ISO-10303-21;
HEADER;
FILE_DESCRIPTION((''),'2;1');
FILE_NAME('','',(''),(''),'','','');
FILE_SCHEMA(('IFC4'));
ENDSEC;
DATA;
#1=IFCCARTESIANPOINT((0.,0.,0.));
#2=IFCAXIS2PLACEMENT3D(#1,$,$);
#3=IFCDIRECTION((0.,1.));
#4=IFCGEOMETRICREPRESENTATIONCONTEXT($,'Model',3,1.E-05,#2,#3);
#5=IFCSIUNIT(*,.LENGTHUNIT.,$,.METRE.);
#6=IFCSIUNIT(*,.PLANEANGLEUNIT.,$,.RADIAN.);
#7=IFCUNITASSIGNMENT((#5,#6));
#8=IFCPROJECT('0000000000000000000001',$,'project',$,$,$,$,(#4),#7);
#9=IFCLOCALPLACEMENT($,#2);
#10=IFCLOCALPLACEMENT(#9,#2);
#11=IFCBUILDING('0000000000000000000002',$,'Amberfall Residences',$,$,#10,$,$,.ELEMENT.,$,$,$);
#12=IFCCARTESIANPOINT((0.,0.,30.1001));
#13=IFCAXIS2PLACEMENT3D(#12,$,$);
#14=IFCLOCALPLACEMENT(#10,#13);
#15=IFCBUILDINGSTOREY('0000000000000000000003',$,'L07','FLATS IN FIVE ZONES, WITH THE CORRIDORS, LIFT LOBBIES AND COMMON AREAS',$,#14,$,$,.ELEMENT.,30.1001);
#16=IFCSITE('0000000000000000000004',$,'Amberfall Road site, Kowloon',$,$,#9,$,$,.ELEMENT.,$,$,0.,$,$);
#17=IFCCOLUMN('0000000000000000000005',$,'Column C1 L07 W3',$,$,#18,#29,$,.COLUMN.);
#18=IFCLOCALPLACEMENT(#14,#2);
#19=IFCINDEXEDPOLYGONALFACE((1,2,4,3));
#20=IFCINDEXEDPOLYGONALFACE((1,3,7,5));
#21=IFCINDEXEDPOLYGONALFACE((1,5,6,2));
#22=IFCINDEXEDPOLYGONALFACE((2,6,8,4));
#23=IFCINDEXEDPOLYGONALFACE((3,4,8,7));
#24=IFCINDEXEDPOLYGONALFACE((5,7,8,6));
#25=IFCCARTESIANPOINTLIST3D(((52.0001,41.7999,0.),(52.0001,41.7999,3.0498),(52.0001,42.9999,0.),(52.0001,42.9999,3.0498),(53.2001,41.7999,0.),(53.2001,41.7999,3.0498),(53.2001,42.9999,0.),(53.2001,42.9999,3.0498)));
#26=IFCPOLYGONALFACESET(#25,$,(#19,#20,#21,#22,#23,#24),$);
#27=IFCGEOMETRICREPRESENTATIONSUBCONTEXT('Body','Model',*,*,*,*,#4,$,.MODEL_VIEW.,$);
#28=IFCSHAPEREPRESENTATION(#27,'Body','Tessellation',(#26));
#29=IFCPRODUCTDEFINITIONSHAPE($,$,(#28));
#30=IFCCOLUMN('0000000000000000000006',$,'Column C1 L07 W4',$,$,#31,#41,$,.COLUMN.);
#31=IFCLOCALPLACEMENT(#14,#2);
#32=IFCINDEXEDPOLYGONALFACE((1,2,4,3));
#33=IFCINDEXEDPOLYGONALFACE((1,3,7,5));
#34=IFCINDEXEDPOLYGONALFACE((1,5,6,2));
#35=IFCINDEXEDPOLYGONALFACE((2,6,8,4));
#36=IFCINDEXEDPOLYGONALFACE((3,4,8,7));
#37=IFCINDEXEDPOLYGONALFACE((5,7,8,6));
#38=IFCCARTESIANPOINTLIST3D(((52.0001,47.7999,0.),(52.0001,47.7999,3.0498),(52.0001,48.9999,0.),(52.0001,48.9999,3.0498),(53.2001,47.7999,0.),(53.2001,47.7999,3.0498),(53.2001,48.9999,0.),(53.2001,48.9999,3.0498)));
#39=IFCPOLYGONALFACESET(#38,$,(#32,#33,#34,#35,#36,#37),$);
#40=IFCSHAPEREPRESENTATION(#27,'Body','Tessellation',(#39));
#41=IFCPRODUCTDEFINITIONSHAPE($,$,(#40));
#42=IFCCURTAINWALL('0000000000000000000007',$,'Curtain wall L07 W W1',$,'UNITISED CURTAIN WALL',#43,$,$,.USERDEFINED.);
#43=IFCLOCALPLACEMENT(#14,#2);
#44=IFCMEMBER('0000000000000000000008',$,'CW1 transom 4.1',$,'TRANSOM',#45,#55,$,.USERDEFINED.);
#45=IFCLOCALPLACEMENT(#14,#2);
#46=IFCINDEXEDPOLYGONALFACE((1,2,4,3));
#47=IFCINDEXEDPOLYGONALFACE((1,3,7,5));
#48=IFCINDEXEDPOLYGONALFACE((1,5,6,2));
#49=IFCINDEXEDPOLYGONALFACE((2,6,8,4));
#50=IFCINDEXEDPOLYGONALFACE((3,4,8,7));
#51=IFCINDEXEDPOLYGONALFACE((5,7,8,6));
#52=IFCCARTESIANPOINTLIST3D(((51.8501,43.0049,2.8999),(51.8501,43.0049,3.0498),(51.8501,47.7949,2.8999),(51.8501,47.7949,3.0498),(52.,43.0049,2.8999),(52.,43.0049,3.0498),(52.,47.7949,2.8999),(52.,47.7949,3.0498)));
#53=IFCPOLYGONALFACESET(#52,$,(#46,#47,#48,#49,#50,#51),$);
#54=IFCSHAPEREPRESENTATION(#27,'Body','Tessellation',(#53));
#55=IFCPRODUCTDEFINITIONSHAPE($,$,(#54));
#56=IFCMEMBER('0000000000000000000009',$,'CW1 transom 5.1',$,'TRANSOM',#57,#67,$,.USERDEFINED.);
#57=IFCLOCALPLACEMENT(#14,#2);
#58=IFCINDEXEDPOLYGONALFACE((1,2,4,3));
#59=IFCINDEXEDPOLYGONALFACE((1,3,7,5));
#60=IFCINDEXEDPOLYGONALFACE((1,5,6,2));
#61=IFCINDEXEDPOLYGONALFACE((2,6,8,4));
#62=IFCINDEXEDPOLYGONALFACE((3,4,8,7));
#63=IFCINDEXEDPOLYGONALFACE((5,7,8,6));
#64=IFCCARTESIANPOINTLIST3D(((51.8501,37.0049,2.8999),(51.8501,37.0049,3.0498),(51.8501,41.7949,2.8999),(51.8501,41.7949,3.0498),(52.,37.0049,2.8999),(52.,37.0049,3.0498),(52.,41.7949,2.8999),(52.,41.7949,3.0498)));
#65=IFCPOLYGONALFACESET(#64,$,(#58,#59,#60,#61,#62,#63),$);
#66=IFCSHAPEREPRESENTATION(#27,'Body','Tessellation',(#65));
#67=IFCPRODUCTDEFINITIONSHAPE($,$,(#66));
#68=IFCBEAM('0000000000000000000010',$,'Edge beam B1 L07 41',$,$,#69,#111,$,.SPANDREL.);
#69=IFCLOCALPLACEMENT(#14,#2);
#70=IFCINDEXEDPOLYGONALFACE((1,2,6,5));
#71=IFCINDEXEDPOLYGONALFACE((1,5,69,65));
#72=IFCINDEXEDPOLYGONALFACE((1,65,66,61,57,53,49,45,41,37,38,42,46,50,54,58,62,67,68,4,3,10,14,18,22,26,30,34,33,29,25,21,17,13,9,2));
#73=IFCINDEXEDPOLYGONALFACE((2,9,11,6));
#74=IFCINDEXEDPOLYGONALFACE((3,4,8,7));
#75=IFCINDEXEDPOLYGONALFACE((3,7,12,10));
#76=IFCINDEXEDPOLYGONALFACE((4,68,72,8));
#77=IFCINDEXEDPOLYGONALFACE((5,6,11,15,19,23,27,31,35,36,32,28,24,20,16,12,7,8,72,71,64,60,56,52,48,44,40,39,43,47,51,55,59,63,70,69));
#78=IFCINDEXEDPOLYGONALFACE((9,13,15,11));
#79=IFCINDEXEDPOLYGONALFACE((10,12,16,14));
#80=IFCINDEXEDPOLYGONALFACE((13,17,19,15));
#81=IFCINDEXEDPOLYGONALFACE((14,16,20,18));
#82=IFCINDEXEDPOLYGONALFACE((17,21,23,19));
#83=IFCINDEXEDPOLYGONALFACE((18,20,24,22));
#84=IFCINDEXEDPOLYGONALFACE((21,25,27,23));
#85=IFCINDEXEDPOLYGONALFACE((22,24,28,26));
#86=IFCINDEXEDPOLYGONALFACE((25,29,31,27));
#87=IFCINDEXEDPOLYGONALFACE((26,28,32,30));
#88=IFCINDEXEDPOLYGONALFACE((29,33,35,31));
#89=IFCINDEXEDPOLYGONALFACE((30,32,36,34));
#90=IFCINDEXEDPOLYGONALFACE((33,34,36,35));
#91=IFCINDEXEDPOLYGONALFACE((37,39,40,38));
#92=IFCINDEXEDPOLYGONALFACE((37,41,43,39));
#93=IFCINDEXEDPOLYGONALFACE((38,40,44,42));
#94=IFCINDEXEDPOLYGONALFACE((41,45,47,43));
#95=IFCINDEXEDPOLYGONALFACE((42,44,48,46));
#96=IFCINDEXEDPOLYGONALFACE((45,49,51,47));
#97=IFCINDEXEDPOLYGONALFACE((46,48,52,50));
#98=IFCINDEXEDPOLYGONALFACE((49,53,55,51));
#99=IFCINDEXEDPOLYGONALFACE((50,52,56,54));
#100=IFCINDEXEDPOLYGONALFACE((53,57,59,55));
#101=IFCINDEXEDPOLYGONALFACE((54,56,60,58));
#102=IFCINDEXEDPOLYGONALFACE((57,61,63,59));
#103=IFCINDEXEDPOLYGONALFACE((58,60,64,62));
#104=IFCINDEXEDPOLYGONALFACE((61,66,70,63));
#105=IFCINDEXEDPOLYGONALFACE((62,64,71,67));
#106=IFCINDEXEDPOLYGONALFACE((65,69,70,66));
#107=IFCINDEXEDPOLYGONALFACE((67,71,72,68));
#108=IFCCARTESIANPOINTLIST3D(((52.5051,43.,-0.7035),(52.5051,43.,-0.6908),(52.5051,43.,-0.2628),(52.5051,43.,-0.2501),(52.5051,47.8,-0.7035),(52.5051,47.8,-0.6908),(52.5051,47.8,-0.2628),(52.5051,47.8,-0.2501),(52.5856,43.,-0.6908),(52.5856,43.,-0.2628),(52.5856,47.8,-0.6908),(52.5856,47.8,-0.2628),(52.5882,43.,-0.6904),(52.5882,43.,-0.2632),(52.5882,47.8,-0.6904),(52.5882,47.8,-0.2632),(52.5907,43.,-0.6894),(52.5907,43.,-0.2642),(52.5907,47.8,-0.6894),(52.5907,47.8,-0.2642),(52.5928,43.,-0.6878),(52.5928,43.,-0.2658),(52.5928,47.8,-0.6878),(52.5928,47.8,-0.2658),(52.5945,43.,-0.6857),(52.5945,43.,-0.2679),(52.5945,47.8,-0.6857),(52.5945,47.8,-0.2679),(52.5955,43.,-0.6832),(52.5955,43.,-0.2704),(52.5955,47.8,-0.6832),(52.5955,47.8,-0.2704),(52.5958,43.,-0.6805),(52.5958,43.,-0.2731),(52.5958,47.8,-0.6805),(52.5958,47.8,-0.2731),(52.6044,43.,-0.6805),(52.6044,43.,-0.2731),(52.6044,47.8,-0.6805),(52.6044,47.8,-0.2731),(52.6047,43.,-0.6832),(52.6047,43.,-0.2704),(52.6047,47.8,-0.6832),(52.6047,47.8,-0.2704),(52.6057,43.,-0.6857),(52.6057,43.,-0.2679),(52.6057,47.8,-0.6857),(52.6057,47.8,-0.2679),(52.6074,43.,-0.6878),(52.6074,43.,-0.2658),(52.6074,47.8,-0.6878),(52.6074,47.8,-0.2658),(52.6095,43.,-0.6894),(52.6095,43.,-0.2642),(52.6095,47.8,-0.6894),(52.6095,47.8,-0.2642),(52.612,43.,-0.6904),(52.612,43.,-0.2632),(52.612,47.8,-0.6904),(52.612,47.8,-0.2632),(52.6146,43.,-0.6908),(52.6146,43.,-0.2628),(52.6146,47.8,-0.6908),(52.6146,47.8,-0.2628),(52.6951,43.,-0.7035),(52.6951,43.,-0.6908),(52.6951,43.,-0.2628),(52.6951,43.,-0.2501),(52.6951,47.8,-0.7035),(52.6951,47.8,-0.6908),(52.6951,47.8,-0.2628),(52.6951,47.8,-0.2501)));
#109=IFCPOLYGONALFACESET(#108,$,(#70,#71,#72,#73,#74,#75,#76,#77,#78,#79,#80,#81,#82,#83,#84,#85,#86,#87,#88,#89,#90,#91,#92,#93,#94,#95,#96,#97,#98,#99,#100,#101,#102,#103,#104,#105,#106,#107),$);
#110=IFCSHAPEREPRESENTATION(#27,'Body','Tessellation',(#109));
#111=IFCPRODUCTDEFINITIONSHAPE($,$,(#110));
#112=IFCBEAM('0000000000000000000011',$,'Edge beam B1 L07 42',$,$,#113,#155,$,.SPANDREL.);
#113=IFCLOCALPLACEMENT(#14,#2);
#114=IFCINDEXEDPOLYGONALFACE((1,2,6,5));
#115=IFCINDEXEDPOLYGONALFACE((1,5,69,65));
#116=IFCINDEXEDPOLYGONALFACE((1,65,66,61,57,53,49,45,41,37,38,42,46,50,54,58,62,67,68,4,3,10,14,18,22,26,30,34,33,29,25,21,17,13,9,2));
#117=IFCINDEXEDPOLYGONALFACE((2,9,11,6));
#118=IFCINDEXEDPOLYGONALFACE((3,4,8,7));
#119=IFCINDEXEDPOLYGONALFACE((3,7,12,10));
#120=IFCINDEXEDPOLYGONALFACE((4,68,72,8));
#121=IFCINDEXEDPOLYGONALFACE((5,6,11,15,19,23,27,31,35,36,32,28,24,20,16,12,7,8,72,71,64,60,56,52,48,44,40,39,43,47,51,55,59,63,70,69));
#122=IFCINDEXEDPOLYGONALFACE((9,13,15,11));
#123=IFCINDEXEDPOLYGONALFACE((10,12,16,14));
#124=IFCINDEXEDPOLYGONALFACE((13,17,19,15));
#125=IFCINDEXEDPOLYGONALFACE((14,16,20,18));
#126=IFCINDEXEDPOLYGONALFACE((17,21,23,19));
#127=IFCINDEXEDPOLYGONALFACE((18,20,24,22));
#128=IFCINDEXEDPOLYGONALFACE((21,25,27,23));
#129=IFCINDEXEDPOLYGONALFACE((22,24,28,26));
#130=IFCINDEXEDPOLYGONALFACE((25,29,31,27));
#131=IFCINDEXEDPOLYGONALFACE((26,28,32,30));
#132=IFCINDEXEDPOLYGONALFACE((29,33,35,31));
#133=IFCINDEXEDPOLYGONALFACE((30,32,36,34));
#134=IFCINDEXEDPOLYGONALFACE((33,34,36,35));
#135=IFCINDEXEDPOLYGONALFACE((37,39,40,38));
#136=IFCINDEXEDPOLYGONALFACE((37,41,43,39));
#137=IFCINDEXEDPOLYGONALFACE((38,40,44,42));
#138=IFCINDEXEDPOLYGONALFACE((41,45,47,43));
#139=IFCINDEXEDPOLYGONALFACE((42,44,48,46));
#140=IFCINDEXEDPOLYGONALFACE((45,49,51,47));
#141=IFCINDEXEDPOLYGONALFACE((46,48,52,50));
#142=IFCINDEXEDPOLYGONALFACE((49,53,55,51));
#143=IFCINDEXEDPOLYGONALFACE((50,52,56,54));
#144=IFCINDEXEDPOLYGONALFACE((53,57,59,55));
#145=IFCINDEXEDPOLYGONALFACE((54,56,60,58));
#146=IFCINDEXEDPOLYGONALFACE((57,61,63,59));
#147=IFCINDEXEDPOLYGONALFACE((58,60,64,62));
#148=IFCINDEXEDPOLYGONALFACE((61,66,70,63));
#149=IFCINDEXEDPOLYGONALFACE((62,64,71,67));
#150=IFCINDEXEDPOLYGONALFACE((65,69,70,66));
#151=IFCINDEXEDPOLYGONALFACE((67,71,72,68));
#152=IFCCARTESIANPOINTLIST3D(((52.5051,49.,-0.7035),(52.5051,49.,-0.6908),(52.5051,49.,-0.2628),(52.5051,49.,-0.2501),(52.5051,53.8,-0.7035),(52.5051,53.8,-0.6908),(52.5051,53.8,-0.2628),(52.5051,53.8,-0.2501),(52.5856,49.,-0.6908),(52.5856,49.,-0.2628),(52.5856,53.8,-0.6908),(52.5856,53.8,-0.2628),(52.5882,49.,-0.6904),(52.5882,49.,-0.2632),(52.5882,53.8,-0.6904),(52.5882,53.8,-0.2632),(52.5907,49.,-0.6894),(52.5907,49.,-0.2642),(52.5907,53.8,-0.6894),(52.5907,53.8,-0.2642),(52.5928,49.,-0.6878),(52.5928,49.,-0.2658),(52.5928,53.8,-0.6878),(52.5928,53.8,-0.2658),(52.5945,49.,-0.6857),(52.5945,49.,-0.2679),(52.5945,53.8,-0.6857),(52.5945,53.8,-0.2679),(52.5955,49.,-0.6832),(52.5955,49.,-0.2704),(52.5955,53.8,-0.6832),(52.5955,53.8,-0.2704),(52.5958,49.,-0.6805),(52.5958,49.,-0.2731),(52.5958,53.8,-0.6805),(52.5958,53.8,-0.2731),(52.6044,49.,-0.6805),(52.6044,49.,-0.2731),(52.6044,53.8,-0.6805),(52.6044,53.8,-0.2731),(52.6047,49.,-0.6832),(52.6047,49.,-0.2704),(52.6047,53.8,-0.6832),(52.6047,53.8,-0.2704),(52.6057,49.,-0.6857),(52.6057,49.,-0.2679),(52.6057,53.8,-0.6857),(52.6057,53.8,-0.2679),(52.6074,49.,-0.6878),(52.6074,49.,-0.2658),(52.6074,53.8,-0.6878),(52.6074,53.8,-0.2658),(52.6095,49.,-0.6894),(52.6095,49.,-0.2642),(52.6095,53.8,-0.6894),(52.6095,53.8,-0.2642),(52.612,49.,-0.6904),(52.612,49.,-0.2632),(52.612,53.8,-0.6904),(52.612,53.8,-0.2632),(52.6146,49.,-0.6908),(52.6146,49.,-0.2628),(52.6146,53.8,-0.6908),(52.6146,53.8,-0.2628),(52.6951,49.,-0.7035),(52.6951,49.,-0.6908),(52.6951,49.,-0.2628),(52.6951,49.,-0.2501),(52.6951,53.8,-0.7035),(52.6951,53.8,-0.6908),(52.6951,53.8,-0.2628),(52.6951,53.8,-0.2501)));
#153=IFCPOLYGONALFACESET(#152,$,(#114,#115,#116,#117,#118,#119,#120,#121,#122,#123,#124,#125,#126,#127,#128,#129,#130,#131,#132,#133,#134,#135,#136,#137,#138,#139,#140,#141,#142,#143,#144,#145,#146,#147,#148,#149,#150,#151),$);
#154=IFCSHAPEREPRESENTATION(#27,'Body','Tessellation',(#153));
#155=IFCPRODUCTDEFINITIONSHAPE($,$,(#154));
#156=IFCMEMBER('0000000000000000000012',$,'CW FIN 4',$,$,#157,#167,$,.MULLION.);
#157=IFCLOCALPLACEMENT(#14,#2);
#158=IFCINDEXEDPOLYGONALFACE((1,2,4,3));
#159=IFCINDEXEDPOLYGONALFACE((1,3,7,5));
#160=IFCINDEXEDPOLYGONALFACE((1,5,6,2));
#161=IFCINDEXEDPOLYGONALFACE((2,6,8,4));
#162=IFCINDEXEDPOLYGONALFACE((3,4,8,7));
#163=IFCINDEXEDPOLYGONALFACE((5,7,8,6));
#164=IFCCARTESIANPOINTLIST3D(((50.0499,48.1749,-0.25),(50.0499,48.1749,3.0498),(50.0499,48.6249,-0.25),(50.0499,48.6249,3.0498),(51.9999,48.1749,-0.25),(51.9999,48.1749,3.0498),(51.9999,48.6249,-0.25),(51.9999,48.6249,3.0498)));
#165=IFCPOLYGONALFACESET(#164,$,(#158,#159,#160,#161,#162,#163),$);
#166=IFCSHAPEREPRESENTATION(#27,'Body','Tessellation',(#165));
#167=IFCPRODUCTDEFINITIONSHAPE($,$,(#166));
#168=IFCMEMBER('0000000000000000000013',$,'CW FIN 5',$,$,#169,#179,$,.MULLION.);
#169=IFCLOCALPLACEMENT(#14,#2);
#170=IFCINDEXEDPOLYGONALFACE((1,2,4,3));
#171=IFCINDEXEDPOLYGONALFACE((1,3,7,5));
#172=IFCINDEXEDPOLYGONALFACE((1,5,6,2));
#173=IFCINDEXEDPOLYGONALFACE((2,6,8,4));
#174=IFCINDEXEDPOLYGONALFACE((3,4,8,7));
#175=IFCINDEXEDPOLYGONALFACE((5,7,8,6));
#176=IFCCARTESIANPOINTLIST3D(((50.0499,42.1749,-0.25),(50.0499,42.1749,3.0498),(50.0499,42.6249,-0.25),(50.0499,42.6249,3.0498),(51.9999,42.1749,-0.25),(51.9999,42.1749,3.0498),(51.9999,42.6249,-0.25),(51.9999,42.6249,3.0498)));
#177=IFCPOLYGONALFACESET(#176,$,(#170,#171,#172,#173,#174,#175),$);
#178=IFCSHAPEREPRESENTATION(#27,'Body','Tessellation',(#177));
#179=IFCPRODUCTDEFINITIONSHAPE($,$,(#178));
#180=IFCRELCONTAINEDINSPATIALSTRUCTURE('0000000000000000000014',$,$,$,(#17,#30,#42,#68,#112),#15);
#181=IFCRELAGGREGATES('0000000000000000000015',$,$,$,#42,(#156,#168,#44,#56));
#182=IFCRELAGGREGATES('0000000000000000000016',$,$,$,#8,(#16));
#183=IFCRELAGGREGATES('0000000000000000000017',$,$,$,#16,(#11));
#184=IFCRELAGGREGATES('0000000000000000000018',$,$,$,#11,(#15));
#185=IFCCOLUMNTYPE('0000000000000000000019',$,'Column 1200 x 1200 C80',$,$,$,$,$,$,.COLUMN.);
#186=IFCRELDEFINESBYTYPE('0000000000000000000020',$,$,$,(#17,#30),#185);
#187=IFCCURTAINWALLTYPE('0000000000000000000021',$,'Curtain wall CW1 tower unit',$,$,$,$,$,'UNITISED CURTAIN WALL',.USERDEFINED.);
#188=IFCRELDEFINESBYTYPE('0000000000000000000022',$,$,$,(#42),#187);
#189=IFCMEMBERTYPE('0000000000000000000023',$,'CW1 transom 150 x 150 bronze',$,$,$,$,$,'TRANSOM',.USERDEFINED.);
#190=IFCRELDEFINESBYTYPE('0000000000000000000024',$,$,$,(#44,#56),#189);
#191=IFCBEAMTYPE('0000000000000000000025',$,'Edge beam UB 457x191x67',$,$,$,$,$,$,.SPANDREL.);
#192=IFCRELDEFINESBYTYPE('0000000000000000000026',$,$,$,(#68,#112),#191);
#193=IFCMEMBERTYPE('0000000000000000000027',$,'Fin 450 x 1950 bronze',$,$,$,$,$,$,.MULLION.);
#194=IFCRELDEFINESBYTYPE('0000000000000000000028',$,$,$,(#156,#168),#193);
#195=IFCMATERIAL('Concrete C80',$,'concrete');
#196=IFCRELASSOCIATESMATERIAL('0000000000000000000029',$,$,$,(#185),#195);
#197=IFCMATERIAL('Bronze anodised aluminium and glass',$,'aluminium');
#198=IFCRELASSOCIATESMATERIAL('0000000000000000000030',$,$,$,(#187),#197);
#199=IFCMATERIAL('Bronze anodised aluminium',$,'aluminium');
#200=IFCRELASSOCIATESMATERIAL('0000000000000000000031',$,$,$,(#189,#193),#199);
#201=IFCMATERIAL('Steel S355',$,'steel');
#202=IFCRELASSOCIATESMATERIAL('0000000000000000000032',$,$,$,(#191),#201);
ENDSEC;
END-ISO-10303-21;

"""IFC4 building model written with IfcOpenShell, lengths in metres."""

from ifc_helpers import new_model, si_unit, direction, frame, origin, origin_2d, place, context, subcontext, project, spatial, rectangle, i_section, extrude, material, material_profile, profile_set, type_object, element, aggregate, save


model = new_model("IFC4")

# Units and contexts
model_context = context("Model", 3, precision=1e-05, world=origin(), true_north=direction((0.0, 1.0)))
body_context = subcontext(model_context, "Body", "Model", "MODEL_VIEW")
ifc_project = project(units=[si_unit("LENGTHUNIT", "METRE"), si_unit("PLANEANGLEUNIT", "RADIAN")], contexts=[model_context])

# Site, building, storey
site_placement = place(None, origin())
site = spatial("IfcSite", under=ifc_project, at=site_placement, Name="Amberfall Road site, Kowloon", CompositionType="ELEMENT", RefElevation=0.0)
building_placement = place(site_placement, origin())
building = spatial("IfcBuilding", under=site, at=building_placement, Name="Amberfall Residences", CompositionType="ELEMENT")
storey_placement = place(building_placement, frame((0.0, 0.0, 30.1001)))
storey = spatial("IfcBuildingStorey", under=building, at=storey_placement, Name="L07", Description="FLATS IN FIVE ZONES, WITH THE CORRIDORS, LIFT LOBBIES AND COMMON AREAS", CompositionType="ELEMENT", Elevation=30.1001)

# Columns
ifc_material_1 = material(Name="Concrete C80", Category="concrete")
ifc_material_profile_1 = material_profile(ifc_material_1, rectangle(XDim=1.2, YDim=1.2, at=origin_2d()), Name="Column 1200 x 1200 C80")
ifc_profile_set_1 = profile_set([ifc_material_profile_1], Name="Concrete C80")
column_type = type_object("IfcColumnType", Name="Column 1200 x 1200 C80", PredefinedType="COLUMN", material=ifc_profile_set_1)
for number, where, z_axis, x_axis, name in (
    (1, (52.6001, 42.3999, 0.0), (0.0, 0.0, 1.0), (1.0, 0.0, 0.0), "Column C1 L07 W3"),
    (2, (52.6001, 48.3999, 0.0), (0.0, 0.0, 1.0), (1.0, 0.0, 0.0), "Column C1 L07 W4"),
):
    element("IfcColumn", number, at=place(storey_placement, frame(where, z_axis=z_axis, x_axis=x_axis)), inside=storey, type_object=column_type, Name=name, PredefinedType="COLUMN", context=body_context, shape_type="SweptSolid", body=[
        extrude(rectangle(XDim=1.2, YDim=1.2, at=origin_2d()), origin(), (0.0, 0.0, 1.0), 3.0498),
    ])

# Curtain wall, members
ifc_material_2 = material(Name="Bronze anodised aluminium and glass", Category="aluminium")
curtain_wall_type = type_object("IfcCurtainWallType", Name="Curtain wall CW1 tower unit", ElementType="UNITISED CURTAIN WALL", PredefinedType="USERDEFINED", material=ifc_material_2)
curtain_wall_placement = place(storey_placement, origin())
curtain_wall = element("IfcCurtainWall", 3, at=curtain_wall_placement, inside=storey, type_object=curtain_wall_type, Name="Curtain wall L07 W W1", ObjectType="UNITISED CURTAIN WALL", PredefinedType="USERDEFINED")
ifc_material_3 = material(Name="Bronze anodised aluminium", Category="aluminium")
ifc_material_profile_2 = material_profile(ifc_material_3, rectangle(XDim=0.1499, YDim=0.1499, at=origin_2d()), Name="CW1 transom 150 x 150 bronze")
ifc_profile_set_2 = profile_set([ifc_material_profile_2], Name="Bronze anodised aluminium")
member_type_1 = type_object("IfcMemberType", Name="CW1 transom 150 x 150 bronze", ElementType="TRANSOM", PredefinedType="USERDEFINED", material=ifc_profile_set_2)
member_1_placement = place(storey_placement, frame((51.925, 47.7949, 2.9749), z_axis=(0.0, -1.0, 0.0), x_axis=(1.0, 0.0, 0.0)))
member_1 = element("IfcMember", 4, at=member_1_placement, type_object=member_type_1, Name="CW1 transom 4.1", ObjectType="TRANSOM", PredefinedType="USERDEFINED", context=body_context, shape_type="SweptSolid", body=[
    extrude(rectangle(XDim=0.1499, YDim=0.1499, at=origin_2d()), origin(), (0.0, 0.0, 1.0), 4.79),
])
member_2_placement = place(storey_placement, frame((51.925, 41.7949, 2.9749), z_axis=(0.0, -1.0, 0.0), x_axis=(1.0, 0.0, 0.0)))
member_2 = element("IfcMember", 5, at=member_2_placement, type_object=member_type_1, Name="CW1 transom 5.1", ObjectType="TRANSOM", PredefinedType="USERDEFINED", context=body_context, shape_type="SweptSolid", body=[
    extrude(rectangle(XDim=0.1499, YDim=0.1499, at=origin_2d()), origin(), (0.0, 0.0, 1.0), 4.79),
])

# Beams
ifc_material_4 = material(Name="Steel S355", Category="steel")
ifc_material_profile_3 = material_profile(ifc_material_4, i_section(OverallWidth=0.1899, OverallDepth=0.4534, WebThickness=0.0085, FlangeThickness=0.0127, FilletRadius=0.0103, at=origin_2d()), Name="UB 457x191x67")
ifc_profile_set_3 = profile_set([ifc_material_profile_3], Name="Steel S355")
beam_type_1 = type_object("IfcBeamType", Name="Edge beam UB 457x191x67", PredefinedType="SPANDREL", material=ifc_profile_set_3)
for number, where, z_axis, x_axis, name in (
    (6, (52.6001, 43.0, -0.4768), (0.0, 1.0, 0.0), (-1.0, 0.0, 0.0), "Edge beam B1 L07 41"),
    (7, (52.6001, 49.0, -0.4768), (0.0, 1.0, 0.0), (-1.0, 0.0, 0.0), "Edge beam B1 L07 42"),
):
    element("IfcBeam", number, at=place(storey_placement, frame(where, z_axis=z_axis, x_axis=x_axis)), inside=storey, type_object=beam_type_1, Name=name, PredefinedType="SPANDREL", context=body_context, shape_type="SweptSolid", body=[
        extrude(i_section(OverallWidth=0.1899, OverallDepth=0.4534, WebThickness=0.0085, FlangeThickness=0.0127, FilletRadius=0.0103, at=origin_2d()), origin(), (0.0, 0.0, 1.0), 4.8),
    ])

# Members
ifc_material_profile_4 = material_profile(ifc_material_3, rectangle(XDim=1.95, YDim=0.45, at=origin_2d()), Name="Fin 450 x 1950 bronze")
ifc_profile_set_4 = profile_set([ifc_material_profile_4], Name="Bronze anodised aluminium")
member_type_2 = type_object("IfcMemberType", Name="Fin 450 x 1950 bronze", PredefinedType="MULLION", material=ifc_profile_set_4)
member_3_placement = place(storey_placement, frame((51.0249, 48.3999, -0.25), z_axis=(0.0, 0.0, 1.0), x_axis=(1.0, 0.0, 0.0)))
member_3 = element("IfcMember", 8, at=member_3_placement, type_object=member_type_2, Name="CW FIN 4", PredefinedType="MULLION", context=body_context, shape_type="SweptSolid", body=[
    extrude(rectangle(XDim=1.95, YDim=0.45, at=origin_2d()), origin(), (0.0, 0.0, 1.0), 3.2998),
])
member_4_placement = place(storey_placement, frame((51.0249, 42.3999, -0.25), z_axis=(0.0, 0.0, 1.0), x_axis=(1.0, 0.0, 0.0)))
member_4 = element("IfcMember", 9, at=member_4_placement, type_object=member_type_2, Name="CW FIN 5", PredefinedType="MULLION", context=body_context, shape_type="SweptSolid", body=[
    extrude(rectangle(XDim=1.95, YDim=0.45, at=origin_2d()), origin(), (0.0, 0.0, 1.0), 3.2998),
])

aggregate(curtain_wall, [member_3, member_4, member_1, member_2])

save(model, "model.ifc")
